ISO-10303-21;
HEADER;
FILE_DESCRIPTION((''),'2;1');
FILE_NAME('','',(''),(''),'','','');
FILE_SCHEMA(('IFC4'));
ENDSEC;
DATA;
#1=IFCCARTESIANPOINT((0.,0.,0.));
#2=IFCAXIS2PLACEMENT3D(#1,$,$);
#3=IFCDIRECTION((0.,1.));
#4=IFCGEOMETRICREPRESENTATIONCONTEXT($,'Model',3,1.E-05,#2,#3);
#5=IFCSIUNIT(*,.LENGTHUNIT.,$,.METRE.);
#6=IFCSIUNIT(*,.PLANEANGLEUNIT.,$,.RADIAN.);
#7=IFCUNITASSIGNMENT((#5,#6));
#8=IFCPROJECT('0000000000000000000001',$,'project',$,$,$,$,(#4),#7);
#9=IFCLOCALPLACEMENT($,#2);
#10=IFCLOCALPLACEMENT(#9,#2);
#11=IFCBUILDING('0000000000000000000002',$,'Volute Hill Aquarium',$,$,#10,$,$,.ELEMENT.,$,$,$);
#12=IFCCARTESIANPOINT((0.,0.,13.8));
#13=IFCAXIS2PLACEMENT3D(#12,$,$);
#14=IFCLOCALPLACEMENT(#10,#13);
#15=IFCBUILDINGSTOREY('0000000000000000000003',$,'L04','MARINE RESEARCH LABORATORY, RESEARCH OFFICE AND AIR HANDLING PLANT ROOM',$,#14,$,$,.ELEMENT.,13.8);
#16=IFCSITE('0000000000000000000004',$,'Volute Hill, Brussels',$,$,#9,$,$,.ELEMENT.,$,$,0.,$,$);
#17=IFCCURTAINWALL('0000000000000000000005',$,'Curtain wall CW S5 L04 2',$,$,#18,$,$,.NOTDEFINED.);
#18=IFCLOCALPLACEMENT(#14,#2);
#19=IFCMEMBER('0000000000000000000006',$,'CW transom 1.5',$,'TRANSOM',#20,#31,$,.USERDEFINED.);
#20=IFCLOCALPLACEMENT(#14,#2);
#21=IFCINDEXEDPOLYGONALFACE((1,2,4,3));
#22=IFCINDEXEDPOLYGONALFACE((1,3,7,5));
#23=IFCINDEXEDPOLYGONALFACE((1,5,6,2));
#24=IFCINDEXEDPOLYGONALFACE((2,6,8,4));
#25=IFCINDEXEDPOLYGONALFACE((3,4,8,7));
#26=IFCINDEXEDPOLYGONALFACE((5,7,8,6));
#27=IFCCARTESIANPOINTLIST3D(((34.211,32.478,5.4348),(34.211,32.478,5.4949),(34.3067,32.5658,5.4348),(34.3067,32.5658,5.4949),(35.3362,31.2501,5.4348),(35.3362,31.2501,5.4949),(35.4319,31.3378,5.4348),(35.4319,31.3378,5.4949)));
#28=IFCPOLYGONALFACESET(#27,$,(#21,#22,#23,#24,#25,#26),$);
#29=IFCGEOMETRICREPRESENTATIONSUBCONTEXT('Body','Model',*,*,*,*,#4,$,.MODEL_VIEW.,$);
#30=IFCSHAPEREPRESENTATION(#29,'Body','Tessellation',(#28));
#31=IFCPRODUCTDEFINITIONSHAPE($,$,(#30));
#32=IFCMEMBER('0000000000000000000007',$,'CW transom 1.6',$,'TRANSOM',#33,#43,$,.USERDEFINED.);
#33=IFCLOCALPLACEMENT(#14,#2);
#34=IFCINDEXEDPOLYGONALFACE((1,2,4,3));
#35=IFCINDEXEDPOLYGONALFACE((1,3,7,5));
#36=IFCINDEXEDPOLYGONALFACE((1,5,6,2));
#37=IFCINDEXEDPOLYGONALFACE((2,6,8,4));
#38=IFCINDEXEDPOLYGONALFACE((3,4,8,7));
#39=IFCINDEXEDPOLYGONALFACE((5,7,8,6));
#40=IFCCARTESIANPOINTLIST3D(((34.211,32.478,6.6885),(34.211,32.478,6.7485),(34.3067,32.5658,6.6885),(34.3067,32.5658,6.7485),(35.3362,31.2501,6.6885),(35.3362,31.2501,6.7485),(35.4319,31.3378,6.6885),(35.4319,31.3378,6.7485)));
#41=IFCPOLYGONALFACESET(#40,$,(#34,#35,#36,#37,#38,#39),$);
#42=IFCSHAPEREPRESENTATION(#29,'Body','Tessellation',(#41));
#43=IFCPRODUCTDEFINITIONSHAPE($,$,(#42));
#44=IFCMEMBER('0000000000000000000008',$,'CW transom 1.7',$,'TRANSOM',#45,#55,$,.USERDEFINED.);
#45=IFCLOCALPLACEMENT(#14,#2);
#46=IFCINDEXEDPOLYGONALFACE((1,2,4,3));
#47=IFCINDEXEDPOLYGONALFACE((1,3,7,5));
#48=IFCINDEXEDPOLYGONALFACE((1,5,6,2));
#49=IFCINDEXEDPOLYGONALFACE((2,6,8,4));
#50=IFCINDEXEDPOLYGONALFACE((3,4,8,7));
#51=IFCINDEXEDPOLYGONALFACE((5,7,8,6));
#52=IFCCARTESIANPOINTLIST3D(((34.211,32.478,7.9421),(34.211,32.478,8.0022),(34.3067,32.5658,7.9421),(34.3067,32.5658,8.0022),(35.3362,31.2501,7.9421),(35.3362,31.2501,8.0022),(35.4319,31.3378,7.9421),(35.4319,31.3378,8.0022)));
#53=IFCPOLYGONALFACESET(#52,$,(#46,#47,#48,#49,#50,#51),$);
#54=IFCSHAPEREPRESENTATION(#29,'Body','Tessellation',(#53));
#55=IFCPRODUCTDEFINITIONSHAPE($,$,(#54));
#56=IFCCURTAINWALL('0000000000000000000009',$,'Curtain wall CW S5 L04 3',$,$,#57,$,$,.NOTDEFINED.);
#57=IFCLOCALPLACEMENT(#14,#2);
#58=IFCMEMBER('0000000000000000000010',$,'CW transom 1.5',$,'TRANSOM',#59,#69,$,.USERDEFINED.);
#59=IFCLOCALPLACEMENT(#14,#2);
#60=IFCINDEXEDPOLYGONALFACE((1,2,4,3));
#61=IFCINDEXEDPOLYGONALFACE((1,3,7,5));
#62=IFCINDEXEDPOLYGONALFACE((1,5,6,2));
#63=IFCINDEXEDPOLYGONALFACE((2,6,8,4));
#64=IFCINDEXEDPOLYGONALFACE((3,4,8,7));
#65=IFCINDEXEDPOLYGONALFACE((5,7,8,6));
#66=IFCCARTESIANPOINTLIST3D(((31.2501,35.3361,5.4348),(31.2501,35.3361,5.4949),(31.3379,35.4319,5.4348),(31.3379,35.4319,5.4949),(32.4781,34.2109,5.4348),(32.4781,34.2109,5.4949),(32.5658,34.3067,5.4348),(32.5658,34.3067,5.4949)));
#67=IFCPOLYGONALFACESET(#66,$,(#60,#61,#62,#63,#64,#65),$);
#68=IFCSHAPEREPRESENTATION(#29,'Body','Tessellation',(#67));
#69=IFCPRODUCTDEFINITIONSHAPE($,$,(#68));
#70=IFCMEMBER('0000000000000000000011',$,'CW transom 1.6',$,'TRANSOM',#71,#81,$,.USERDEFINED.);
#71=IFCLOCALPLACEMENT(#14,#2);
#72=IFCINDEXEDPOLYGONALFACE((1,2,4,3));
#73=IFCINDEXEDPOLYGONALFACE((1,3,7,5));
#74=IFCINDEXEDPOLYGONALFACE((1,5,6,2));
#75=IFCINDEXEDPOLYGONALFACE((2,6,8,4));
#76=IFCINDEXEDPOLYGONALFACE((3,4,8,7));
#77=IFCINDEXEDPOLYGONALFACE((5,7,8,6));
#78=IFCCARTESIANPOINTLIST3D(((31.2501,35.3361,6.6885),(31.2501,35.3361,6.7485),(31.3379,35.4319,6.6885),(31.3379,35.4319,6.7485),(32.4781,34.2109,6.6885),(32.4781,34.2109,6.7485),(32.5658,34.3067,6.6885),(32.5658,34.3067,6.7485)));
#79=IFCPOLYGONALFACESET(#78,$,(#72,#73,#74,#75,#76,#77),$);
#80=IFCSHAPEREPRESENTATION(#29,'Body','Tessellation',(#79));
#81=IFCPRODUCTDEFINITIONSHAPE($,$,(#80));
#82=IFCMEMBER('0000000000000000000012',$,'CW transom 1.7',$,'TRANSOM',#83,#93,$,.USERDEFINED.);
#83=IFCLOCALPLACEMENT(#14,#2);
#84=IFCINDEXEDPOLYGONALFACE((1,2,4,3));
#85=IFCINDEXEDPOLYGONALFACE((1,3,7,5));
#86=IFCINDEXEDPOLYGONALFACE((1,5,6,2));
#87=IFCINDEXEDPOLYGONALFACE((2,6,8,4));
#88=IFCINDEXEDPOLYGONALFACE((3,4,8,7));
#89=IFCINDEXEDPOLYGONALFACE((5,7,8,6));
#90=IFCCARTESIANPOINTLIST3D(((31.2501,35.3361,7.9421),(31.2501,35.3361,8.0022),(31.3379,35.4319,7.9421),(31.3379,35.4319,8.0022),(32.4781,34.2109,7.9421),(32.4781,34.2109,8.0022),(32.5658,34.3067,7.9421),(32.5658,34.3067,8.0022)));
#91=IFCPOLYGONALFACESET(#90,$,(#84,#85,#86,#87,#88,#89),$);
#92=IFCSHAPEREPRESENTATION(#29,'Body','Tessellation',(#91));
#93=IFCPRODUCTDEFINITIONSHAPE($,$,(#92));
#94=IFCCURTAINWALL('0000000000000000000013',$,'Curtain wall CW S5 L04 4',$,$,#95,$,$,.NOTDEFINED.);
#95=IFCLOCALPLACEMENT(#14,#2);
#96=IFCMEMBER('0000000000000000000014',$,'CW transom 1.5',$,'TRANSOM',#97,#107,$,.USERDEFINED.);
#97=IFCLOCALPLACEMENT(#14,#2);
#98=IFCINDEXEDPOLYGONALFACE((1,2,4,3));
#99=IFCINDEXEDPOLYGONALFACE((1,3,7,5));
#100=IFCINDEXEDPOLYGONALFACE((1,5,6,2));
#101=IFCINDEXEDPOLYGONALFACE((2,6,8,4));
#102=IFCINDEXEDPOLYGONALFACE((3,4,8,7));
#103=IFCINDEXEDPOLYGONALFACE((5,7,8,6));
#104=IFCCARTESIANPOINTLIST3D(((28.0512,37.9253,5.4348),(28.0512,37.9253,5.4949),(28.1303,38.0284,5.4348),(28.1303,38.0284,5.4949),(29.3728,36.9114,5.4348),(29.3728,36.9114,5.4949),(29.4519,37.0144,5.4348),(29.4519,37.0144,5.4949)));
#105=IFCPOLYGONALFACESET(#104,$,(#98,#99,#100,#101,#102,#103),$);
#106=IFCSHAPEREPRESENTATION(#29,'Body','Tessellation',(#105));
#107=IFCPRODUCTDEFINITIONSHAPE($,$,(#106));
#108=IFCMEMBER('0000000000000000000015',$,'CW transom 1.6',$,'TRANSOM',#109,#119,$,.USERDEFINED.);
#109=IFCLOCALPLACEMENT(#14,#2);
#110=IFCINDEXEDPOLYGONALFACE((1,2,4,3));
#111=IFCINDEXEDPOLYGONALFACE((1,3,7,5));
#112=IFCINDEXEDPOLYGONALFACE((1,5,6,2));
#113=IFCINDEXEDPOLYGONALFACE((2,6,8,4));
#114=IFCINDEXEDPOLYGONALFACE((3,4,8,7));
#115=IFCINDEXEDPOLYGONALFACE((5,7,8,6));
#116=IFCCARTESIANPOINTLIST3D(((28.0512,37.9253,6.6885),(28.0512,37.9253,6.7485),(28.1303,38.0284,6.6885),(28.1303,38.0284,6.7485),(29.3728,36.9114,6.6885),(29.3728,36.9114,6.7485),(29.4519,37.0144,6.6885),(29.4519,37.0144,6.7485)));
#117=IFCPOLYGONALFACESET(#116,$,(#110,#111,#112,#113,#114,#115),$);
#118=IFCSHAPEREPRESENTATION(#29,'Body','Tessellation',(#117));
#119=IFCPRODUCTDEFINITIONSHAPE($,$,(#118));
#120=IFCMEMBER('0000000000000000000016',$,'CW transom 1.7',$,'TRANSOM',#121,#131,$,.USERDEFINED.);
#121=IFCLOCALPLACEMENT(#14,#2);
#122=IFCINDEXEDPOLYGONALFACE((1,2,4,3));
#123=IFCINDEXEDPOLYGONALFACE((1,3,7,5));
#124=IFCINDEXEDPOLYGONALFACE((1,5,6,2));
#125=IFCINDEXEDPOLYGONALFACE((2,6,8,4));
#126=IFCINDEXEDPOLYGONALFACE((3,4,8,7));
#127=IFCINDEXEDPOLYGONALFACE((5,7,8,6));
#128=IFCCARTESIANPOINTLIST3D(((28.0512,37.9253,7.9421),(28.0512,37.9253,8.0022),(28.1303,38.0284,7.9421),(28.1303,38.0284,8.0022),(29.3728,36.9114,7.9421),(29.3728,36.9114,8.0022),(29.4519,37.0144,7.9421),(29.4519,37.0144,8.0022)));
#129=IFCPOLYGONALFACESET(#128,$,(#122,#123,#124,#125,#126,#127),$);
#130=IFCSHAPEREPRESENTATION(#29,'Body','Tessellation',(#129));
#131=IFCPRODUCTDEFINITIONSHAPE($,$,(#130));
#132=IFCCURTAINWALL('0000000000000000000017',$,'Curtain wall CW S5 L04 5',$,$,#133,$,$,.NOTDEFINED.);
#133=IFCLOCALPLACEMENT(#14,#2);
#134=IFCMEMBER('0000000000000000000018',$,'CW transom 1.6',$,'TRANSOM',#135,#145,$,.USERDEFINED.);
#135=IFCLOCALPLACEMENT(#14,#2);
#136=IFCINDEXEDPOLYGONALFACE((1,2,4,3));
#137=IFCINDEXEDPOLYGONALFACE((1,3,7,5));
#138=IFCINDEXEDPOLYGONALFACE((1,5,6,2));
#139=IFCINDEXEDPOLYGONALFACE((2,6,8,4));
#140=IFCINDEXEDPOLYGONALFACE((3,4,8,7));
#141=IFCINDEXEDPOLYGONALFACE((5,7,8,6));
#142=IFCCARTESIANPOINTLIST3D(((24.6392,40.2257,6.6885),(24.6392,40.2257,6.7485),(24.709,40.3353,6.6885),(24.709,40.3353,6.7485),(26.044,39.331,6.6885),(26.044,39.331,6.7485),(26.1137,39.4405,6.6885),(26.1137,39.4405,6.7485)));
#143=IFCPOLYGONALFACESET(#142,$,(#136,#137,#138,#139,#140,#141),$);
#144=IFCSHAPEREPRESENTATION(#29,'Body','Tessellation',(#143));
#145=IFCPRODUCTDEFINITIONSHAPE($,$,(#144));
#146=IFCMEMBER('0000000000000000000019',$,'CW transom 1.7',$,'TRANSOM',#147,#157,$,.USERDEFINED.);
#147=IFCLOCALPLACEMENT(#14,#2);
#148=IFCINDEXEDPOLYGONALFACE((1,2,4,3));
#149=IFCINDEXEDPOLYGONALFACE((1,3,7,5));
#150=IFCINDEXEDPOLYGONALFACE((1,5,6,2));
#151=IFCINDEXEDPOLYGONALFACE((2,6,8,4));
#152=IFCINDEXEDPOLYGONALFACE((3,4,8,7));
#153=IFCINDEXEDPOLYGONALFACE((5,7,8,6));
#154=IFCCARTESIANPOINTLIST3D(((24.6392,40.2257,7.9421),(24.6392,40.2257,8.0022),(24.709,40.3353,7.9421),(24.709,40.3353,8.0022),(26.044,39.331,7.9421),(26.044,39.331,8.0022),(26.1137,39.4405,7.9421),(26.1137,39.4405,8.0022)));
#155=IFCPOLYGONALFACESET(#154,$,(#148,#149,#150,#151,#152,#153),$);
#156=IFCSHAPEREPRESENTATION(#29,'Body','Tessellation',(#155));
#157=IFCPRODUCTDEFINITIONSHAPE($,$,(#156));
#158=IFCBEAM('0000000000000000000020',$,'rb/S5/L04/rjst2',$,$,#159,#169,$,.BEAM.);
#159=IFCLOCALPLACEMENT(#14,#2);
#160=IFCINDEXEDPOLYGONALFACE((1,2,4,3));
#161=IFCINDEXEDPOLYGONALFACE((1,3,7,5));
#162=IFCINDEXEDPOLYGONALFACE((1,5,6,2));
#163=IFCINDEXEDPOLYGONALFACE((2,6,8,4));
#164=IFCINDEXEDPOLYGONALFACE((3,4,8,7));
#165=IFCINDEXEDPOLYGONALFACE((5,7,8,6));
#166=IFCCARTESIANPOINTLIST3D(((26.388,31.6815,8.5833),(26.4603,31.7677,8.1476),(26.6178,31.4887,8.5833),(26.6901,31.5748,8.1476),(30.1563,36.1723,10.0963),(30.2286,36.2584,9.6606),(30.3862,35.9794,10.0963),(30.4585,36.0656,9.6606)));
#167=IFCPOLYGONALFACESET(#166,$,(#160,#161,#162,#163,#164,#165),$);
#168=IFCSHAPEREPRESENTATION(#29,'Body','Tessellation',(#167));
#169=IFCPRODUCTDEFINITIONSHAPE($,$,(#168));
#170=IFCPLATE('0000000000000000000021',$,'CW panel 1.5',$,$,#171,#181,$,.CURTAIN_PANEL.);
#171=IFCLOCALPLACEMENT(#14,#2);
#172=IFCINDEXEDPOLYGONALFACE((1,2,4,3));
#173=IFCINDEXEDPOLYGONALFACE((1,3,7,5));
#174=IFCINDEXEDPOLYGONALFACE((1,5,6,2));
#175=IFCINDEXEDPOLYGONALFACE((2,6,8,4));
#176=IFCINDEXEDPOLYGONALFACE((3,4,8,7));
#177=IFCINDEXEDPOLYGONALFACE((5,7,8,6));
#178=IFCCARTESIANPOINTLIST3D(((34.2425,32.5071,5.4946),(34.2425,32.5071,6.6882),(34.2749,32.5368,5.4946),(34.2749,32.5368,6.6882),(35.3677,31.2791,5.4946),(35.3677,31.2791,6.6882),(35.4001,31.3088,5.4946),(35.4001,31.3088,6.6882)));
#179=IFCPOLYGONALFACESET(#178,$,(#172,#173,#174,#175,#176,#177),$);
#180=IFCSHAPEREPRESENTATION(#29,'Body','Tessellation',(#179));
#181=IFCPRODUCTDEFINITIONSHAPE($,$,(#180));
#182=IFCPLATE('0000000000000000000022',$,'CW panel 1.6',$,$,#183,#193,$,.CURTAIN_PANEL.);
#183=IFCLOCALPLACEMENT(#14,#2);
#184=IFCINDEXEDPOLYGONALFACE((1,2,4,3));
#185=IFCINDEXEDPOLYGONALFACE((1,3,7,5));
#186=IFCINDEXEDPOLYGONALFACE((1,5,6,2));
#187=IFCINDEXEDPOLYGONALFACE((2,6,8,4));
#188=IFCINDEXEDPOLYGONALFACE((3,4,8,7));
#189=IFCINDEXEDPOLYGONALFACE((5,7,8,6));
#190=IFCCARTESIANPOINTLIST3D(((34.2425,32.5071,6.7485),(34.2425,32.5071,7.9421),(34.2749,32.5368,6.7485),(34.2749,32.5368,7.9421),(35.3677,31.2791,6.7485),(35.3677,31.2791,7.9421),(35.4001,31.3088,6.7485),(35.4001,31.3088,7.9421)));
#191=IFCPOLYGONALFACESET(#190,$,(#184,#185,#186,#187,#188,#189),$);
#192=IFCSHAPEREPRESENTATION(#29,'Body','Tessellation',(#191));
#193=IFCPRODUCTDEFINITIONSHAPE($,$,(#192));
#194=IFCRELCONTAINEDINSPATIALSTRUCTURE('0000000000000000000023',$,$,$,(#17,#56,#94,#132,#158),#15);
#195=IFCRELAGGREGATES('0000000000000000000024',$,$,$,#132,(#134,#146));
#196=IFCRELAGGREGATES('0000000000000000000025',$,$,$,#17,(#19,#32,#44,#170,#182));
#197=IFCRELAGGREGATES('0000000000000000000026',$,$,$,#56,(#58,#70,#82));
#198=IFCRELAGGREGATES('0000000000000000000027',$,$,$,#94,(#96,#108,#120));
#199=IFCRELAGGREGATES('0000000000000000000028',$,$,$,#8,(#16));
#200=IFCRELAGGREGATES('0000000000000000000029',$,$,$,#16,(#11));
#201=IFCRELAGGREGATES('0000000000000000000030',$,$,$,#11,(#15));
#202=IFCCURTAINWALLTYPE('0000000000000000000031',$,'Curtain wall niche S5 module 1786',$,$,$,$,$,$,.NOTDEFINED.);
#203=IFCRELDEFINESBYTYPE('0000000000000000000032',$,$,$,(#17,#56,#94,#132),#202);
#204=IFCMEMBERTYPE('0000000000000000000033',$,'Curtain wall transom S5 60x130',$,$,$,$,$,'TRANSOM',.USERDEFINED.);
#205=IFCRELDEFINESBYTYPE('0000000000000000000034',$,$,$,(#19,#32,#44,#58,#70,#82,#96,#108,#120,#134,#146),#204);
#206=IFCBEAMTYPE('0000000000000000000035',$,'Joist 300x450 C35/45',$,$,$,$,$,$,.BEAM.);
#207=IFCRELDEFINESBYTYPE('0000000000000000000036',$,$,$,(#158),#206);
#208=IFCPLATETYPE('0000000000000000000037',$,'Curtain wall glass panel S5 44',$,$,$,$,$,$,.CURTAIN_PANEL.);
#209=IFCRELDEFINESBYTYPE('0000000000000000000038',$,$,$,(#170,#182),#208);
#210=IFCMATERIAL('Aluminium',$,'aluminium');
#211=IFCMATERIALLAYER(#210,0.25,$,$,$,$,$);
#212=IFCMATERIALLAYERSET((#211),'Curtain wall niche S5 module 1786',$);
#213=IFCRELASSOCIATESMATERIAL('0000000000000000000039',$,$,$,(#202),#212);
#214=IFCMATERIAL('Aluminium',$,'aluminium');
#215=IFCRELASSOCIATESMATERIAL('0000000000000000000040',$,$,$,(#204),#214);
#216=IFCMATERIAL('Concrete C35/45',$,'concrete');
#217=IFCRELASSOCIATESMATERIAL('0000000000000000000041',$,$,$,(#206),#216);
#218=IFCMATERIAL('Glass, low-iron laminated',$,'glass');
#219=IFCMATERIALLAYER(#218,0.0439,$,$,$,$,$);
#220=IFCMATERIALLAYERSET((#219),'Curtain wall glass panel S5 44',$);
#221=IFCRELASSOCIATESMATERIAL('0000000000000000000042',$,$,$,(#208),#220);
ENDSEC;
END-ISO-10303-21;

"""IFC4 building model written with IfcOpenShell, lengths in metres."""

from ifc_helpers import new_model, si_unit, direction, frame, origin, origin_2d, place, context, subcontext, project, spatial, rectangle, extrude, material, layer, layer_set, material_profile, profile_set, type_object, element, aggregate, save


model = new_model("IFC4")

# Units and contexts
model_context = context("Model", 3, precision=1e-05, world=origin(), true_north=direction((0.0, 1.0)))
body_context = subcontext(model_context, "Body", "Model", "MODEL_VIEW")
ifc_project = project(units=[si_unit("LENGTHUNIT", "METRE"), si_unit("PLANEANGLEUNIT", "RADIAN")], contexts=[model_context])

# Site, building, storey
site_placement = place(None, origin())
site = spatial("IfcSite", under=ifc_project, at=site_placement, Name="Volute Hill, Brussels", CompositionType="ELEMENT", RefElevation=0.0)
building_placement = place(site_placement, origin())
building = spatial("IfcBuilding", under=site, at=building_placement, Name="Volute Hill Aquarium", CompositionType="ELEMENT")
storey_placement = place(building_placement, frame((0.0, 0.0, 13.8)))
storey = spatial("IfcBuildingStorey", under=building, at=storey_placement, Name="L04", Description="MARINE RESEARCH LABORATORY, RESEARCH OFFICE AND AIR HANDLING PLANT ROOM", CompositionType="ELEMENT", Elevation=13.8)

# Curtain walls, members
ifc_material_1 = material(Name="Aluminium", Category="aluminium")
ifc_layer_1 = layer(ifc_material_1, 0.25)
ifc_layer_set_1 = layer_set([ifc_layer_1], Name="Curtain wall niche S5 module 1786")
curtain_wall_type = type_object("IfcCurtainWallType", Name="Curtain wall niche S5 module 1786", PredefinedType="NOTDEFINED", material=ifc_layer_set_1)
curtain_wall_1_placement = place(storey_placement, origin())
curtain_wall_1 = element("IfcCurtainWall", 1, at=curtain_wall_1_placement, inside=storey, type_object=curtain_wall_type, Name="Curtain wall CW S5 L04 2", PredefinedType="NOTDEFINED")
ifc_material_2 = material(Name="Aluminium", Category="aluminium")
ifc_material_profile_1 = material_profile(ifc_material_2, rectangle(XDim=0.1299, YDim=0.0601, at=origin_2d()), Name="Curtain wall transom S5 60x130")
ifc_profile_set_1 = profile_set([ifc_material_profile_1], Name="Aluminium")
member_type = type_object("IfcMemberType", Name="Curtain wall transom S5 60x130", ElementType="TRANSOM", PredefinedType="USERDEFINED", material=ifc_profile_set_1)
member_1_placement = place(storey_placement, frame((35.384, 31.2939, 5.4648), z_axis=(-0.675579, 0.737288, 0.0), x_axis=(-0.737288, -0.675579, 0.0)))
member_1 = element("IfcMember", 2, at=member_1_placement, type_object=member_type, Name="CW transom 1.5", ObjectType="TRANSOM", PredefinedType="USERDEFINED", context=body_context, shape_type="SweptSolid", body=[
    extrude(rectangle(XDim=0.1299, YDim=0.0601, at=origin_2d()), origin(), (0.0, 0.0, 1.0), 1.6655),
])
member_2_placement = place(storey_placement, frame((35.384, 31.2939, 6.7185), z_axis=(-0.675579, 0.737288, 0.0), x_axis=(-0.737288, -0.675579, 0.0)))
member_2 = element("IfcMember", 3, at=member_2_placement, type_object=member_type, Name="CW transom 1.6", ObjectType="TRANSOM", PredefinedType="USERDEFINED", context=body_context, shape_type="SweptSolid", body=[
    extrude(rectangle(XDim=0.1299, YDim=0.0601, at=origin_2d()), origin(), (0.0, 0.0, 1.0), 1.6655),
])
member_3_placement = place(storey_placement, frame((35.384, 31.2939, 7.9722), z_axis=(-0.675579, 0.737288, 0.0), x_axis=(-0.737288, -0.675579, 0.0)))
member_3 = element("IfcMember", 4, at=member_3_placement, type_object=member_type, Name="CW transom 1.7", ObjectType="TRANSOM", PredefinedType="USERDEFINED", context=body_context, shape_type="SweptSolid", body=[
    extrude(rectangle(XDim=0.1299, YDim=0.0601, at=origin_2d()), origin(), (0.0, 0.0, 1.0), 1.6655),
])
curtain_wall_2_placement = place(storey_placement, origin())
curtain_wall_2 = element("IfcCurtainWall", 5, at=curtain_wall_2_placement, inside=storey, type_object=curtain_wall_type, Name="Curtain wall CW S5 L04 3", PredefinedType="NOTDEFINED")
member_4_placement = place(storey_placement, frame((32.522, 34.2588, 5.4648), z_axis=(-0.737288, 0.675579, 0.0), x_axis=(-0.675579, -0.737288, 0.0)))
member_4 = element("IfcMember", 6, at=member_4_placement, type_object=member_type, Name="CW transom 1.5", ObjectType="TRANSOM", PredefinedType="USERDEFINED", context=body_context, shape_type="SweptSolid", body=[
    extrude(rectangle(XDim=0.1299, YDim=0.0601, at=origin_2d()), origin(), (0.0, 0.0, 1.0), 1.6655),
])
member_5_placement = place(storey_placement, frame((32.522, 34.2588, 6.7185), z_axis=(-0.737288, 0.675579, 0.0), x_axis=(-0.675579, -0.737288, 0.0)))
member_5 = element("IfcMember", 7, at=member_5_placement, type_object=member_type, Name="CW transom 1.6", ObjectType="TRANSOM", PredefinedType="USERDEFINED", context=body_context, shape_type="SweptSolid", body=[
    extrude(rectangle(XDim=0.1299, YDim=0.0601, at=origin_2d()), origin(), (0.0, 0.0, 1.0), 1.6655),
])
member_6_placement = place(storey_placement, frame((32.522, 34.2588, 7.9722), z_axis=(-0.737288, 0.675579, 0.0), x_axis=(-0.675579, -0.737288, 0.0)))
member_6 = element("IfcMember", 8, at=member_6_placement, type_object=member_type, Name="CW transom 1.7", ObjectType="TRANSOM", PredefinedType="USERDEFINED", context=body_context, shape_type="SweptSolid", body=[
    extrude(rectangle(XDim=0.1299, YDim=0.0601, at=origin_2d()), origin(), (0.0, 0.0, 1.0), 1.6655),
])
curtain_wall_3_placement = place(storey_placement, origin())
curtain_wall_3 = element("IfcCurtainWall", 9, at=curtain_wall_3_placement, inside=storey, type_object=curtain_wall_type, Name="Curtain wall CW S5 L04 4", PredefinedType="NOTDEFINED")
member_7_placement = place(storey_placement, frame((29.4124, 36.9629, 5.4648), z_axis=(-0.793392, 0.608712, 0.0), x_axis=(-0.608712, -0.793392, 0.0)))
member_7 = element("IfcMember", 10, at=member_7_placement, type_object=member_type, Name="CW transom 1.5", ObjectType="TRANSOM", PredefinedType="USERDEFINED", context=body_context, shape_type="SweptSolid", body=[
    extrude(rectangle(XDim=0.1299, YDim=0.0601, at=origin_2d()), origin(), (0.0, 0.0, 1.0), 1.6658),
])
member_8_placement = place(storey_placement, frame((29.4124, 36.9629, 6.7185), z_axis=(-0.793392, 0.608712, 0.0), x_axis=(-0.608712, -0.793392, 0.0)))
member_8 = element("IfcMember", 11, at=member_8_placement, type_object=member_type, Name="CW transom 1.6", ObjectType="TRANSOM", PredefinedType="USERDEFINED", context=body_context, shape_type="SweptSolid", body=[
    extrude(rectangle(XDim=0.1299, YDim=0.0601, at=origin_2d()), origin(), (0.0, 0.0, 1.0), 1.6658),
])
member_9_placement = place(storey_placement, frame((29.4124, 36.9629, 7.9722), z_axis=(-0.793392, 0.608712, 0.0), x_axis=(-0.608712, -0.793392, 0.0)))
member_9 = element("IfcMember", 12, at=member_9_placement, type_object=member_type, Name="CW transom 1.7", ObjectType="TRANSOM", PredefinedType="USERDEFINED", context=body_context, shape_type="SweptSolid", body=[
    extrude(rectangle(XDim=0.1299, YDim=0.0601, at=origin_2d()), origin(), (0.0, 0.0, 1.0), 1.6658),
])
curtain_wall_4_placement = place(storey_placement, origin())
curtain_wall_4 = element("IfcCurtainWall", 13, at=curtain_wall_4_placement, inside=storey, type_object=curtain_wall_type, Name="Curtain wall CW S5 L04 5", PredefinedType="NOTDEFINED")
member_10_placement = place(storey_placement, frame((26.0789, 39.3857, 6.7185), z_axis=(-0.843438, 0.537226, 0.0), x_axis=(-0.537226, -0.843438, 0.0)))
member_10 = element("IfcMember", 14, at=member_10_placement, type_object=member_type, Name="CW transom 1.6", ObjectType="TRANSOM", PredefinedType="USERDEFINED", context=body_context, shape_type="SweptSolid", body=[
    extrude(rectangle(XDim=0.1299, YDim=0.0601, at=origin_2d()), origin(), (0.0, 0.0, 1.0), 1.6655),
])
member_11_placement = place(storey_placement, frame((26.0789, 39.3857, 7.9722), z_axis=(-0.843438, 0.537226, 0.0), x_axis=(-0.537226, -0.843438, 0.0)))
member_11 = element("IfcMember", 15, at=member_11_placement, type_object=member_type, Name="CW transom 1.7", ObjectType="TRANSOM", PredefinedType="USERDEFINED", context=body_context, shape_type="SweptSolid", body=[
    extrude(rectangle(XDim=0.1299, YDim=0.0601, at=origin_2d()), origin(), (0.0, 0.0, 1.0), 1.6655),
])
aggregate(curtain_wall_4, [member_10, member_11])

# Beam
ifc_material_3 = material(Name="Concrete C35/45", Category="concrete")
ifc_material_profile_2 = material_profile(ifc_material_3, rectangle(XDim=0.3, YDim=0.45, at=origin_2d()), Name="RC joist 300x450")
ifc_profile_set_2 = profile_set([ifc_material_profile_2], Name="Concrete C35/45")
beam_type = type_object("IfcBeamType", Name="Joist 300x450 C35/45", PredefinedType="BEAM", material=ifc_profile_set_2)
beam_placement = place(storey_placement, frame((26.5391, 31.6282, 8.3655), z_axis=(0.622409, 0.741729, 0.249891), x_axis=(-0.766032, 0.642802, 0.0)))
element("IfcBeam", 16, at=beam_placement, inside=storey, type_object=beam_type, Name="rb/S5/L04/rjst2", PredefinedType="BEAM", context=body_context, shape_type="SweptSolid", body=[
    extrude(rectangle(XDim=0.3, YDim=0.45, at=origin_2d()), origin(), (0.0, 0.0, 1.0), 6.0544),
])

# Plates
ifc_material_4 = material(Name="Glass, low-iron laminated", Category="glass")
ifc_layer_2 = layer(ifc_material_4, 0.0439)
ifc_layer_set_2 = layer_set([ifc_layer_2], Name="Curtain wall glass panel S5 44")
plate_type = type_object("IfcPlateType", Name="Curtain wall glass panel S5 44", PredefinedType="CURTAIN_PANEL", material=ifc_layer_set_2)
plate_1_placement = place(storey_placement, frame((34.8213, 31.908, 5.4946), z_axis=(0.0, 0.0, 1.0), x_axis=(-0.675585, 0.737282, 0.0)))
plate_1 = element("IfcPlate", 17, at=plate_1_placement, type_object=plate_type, Name="CW panel 1.5", PredefinedType="CURTAIN_PANEL", context=body_context, shape_type="SweptSolid", body=[
    extrude(rectangle(XDim=1.6655, YDim=0.0439, at=origin_2d()), origin(), (0.0, 0.0, 1.0), 1.1936),
])
plate_2_placement = place(storey_placement, frame((34.8213, 31.908, 6.7485), z_axis=(0.0, 0.0, 1.0), x_axis=(-0.675585, 0.737282, 0.0)))
plate_2 = element("IfcPlate", 18, at=plate_2_placement, type_object=plate_type, Name="CW panel 1.6", PredefinedType="CURTAIN_PANEL", context=body_context, shape_type="SweptSolid", body=[
    extrude(rectangle(XDim=1.6655, YDim=0.0439, at=origin_2d()), origin(), (0.0, 0.0, 1.0), 1.1936),
])
aggregate(curtain_wall_1, [member_1, member_2, member_3, plate_1, plate_2])
aggregate(curtain_wall_2, [member_4, member_5, member_6])
aggregate(curtain_wall_3, [member_7, member_8, member_9])

save(model, "model.ifc")
